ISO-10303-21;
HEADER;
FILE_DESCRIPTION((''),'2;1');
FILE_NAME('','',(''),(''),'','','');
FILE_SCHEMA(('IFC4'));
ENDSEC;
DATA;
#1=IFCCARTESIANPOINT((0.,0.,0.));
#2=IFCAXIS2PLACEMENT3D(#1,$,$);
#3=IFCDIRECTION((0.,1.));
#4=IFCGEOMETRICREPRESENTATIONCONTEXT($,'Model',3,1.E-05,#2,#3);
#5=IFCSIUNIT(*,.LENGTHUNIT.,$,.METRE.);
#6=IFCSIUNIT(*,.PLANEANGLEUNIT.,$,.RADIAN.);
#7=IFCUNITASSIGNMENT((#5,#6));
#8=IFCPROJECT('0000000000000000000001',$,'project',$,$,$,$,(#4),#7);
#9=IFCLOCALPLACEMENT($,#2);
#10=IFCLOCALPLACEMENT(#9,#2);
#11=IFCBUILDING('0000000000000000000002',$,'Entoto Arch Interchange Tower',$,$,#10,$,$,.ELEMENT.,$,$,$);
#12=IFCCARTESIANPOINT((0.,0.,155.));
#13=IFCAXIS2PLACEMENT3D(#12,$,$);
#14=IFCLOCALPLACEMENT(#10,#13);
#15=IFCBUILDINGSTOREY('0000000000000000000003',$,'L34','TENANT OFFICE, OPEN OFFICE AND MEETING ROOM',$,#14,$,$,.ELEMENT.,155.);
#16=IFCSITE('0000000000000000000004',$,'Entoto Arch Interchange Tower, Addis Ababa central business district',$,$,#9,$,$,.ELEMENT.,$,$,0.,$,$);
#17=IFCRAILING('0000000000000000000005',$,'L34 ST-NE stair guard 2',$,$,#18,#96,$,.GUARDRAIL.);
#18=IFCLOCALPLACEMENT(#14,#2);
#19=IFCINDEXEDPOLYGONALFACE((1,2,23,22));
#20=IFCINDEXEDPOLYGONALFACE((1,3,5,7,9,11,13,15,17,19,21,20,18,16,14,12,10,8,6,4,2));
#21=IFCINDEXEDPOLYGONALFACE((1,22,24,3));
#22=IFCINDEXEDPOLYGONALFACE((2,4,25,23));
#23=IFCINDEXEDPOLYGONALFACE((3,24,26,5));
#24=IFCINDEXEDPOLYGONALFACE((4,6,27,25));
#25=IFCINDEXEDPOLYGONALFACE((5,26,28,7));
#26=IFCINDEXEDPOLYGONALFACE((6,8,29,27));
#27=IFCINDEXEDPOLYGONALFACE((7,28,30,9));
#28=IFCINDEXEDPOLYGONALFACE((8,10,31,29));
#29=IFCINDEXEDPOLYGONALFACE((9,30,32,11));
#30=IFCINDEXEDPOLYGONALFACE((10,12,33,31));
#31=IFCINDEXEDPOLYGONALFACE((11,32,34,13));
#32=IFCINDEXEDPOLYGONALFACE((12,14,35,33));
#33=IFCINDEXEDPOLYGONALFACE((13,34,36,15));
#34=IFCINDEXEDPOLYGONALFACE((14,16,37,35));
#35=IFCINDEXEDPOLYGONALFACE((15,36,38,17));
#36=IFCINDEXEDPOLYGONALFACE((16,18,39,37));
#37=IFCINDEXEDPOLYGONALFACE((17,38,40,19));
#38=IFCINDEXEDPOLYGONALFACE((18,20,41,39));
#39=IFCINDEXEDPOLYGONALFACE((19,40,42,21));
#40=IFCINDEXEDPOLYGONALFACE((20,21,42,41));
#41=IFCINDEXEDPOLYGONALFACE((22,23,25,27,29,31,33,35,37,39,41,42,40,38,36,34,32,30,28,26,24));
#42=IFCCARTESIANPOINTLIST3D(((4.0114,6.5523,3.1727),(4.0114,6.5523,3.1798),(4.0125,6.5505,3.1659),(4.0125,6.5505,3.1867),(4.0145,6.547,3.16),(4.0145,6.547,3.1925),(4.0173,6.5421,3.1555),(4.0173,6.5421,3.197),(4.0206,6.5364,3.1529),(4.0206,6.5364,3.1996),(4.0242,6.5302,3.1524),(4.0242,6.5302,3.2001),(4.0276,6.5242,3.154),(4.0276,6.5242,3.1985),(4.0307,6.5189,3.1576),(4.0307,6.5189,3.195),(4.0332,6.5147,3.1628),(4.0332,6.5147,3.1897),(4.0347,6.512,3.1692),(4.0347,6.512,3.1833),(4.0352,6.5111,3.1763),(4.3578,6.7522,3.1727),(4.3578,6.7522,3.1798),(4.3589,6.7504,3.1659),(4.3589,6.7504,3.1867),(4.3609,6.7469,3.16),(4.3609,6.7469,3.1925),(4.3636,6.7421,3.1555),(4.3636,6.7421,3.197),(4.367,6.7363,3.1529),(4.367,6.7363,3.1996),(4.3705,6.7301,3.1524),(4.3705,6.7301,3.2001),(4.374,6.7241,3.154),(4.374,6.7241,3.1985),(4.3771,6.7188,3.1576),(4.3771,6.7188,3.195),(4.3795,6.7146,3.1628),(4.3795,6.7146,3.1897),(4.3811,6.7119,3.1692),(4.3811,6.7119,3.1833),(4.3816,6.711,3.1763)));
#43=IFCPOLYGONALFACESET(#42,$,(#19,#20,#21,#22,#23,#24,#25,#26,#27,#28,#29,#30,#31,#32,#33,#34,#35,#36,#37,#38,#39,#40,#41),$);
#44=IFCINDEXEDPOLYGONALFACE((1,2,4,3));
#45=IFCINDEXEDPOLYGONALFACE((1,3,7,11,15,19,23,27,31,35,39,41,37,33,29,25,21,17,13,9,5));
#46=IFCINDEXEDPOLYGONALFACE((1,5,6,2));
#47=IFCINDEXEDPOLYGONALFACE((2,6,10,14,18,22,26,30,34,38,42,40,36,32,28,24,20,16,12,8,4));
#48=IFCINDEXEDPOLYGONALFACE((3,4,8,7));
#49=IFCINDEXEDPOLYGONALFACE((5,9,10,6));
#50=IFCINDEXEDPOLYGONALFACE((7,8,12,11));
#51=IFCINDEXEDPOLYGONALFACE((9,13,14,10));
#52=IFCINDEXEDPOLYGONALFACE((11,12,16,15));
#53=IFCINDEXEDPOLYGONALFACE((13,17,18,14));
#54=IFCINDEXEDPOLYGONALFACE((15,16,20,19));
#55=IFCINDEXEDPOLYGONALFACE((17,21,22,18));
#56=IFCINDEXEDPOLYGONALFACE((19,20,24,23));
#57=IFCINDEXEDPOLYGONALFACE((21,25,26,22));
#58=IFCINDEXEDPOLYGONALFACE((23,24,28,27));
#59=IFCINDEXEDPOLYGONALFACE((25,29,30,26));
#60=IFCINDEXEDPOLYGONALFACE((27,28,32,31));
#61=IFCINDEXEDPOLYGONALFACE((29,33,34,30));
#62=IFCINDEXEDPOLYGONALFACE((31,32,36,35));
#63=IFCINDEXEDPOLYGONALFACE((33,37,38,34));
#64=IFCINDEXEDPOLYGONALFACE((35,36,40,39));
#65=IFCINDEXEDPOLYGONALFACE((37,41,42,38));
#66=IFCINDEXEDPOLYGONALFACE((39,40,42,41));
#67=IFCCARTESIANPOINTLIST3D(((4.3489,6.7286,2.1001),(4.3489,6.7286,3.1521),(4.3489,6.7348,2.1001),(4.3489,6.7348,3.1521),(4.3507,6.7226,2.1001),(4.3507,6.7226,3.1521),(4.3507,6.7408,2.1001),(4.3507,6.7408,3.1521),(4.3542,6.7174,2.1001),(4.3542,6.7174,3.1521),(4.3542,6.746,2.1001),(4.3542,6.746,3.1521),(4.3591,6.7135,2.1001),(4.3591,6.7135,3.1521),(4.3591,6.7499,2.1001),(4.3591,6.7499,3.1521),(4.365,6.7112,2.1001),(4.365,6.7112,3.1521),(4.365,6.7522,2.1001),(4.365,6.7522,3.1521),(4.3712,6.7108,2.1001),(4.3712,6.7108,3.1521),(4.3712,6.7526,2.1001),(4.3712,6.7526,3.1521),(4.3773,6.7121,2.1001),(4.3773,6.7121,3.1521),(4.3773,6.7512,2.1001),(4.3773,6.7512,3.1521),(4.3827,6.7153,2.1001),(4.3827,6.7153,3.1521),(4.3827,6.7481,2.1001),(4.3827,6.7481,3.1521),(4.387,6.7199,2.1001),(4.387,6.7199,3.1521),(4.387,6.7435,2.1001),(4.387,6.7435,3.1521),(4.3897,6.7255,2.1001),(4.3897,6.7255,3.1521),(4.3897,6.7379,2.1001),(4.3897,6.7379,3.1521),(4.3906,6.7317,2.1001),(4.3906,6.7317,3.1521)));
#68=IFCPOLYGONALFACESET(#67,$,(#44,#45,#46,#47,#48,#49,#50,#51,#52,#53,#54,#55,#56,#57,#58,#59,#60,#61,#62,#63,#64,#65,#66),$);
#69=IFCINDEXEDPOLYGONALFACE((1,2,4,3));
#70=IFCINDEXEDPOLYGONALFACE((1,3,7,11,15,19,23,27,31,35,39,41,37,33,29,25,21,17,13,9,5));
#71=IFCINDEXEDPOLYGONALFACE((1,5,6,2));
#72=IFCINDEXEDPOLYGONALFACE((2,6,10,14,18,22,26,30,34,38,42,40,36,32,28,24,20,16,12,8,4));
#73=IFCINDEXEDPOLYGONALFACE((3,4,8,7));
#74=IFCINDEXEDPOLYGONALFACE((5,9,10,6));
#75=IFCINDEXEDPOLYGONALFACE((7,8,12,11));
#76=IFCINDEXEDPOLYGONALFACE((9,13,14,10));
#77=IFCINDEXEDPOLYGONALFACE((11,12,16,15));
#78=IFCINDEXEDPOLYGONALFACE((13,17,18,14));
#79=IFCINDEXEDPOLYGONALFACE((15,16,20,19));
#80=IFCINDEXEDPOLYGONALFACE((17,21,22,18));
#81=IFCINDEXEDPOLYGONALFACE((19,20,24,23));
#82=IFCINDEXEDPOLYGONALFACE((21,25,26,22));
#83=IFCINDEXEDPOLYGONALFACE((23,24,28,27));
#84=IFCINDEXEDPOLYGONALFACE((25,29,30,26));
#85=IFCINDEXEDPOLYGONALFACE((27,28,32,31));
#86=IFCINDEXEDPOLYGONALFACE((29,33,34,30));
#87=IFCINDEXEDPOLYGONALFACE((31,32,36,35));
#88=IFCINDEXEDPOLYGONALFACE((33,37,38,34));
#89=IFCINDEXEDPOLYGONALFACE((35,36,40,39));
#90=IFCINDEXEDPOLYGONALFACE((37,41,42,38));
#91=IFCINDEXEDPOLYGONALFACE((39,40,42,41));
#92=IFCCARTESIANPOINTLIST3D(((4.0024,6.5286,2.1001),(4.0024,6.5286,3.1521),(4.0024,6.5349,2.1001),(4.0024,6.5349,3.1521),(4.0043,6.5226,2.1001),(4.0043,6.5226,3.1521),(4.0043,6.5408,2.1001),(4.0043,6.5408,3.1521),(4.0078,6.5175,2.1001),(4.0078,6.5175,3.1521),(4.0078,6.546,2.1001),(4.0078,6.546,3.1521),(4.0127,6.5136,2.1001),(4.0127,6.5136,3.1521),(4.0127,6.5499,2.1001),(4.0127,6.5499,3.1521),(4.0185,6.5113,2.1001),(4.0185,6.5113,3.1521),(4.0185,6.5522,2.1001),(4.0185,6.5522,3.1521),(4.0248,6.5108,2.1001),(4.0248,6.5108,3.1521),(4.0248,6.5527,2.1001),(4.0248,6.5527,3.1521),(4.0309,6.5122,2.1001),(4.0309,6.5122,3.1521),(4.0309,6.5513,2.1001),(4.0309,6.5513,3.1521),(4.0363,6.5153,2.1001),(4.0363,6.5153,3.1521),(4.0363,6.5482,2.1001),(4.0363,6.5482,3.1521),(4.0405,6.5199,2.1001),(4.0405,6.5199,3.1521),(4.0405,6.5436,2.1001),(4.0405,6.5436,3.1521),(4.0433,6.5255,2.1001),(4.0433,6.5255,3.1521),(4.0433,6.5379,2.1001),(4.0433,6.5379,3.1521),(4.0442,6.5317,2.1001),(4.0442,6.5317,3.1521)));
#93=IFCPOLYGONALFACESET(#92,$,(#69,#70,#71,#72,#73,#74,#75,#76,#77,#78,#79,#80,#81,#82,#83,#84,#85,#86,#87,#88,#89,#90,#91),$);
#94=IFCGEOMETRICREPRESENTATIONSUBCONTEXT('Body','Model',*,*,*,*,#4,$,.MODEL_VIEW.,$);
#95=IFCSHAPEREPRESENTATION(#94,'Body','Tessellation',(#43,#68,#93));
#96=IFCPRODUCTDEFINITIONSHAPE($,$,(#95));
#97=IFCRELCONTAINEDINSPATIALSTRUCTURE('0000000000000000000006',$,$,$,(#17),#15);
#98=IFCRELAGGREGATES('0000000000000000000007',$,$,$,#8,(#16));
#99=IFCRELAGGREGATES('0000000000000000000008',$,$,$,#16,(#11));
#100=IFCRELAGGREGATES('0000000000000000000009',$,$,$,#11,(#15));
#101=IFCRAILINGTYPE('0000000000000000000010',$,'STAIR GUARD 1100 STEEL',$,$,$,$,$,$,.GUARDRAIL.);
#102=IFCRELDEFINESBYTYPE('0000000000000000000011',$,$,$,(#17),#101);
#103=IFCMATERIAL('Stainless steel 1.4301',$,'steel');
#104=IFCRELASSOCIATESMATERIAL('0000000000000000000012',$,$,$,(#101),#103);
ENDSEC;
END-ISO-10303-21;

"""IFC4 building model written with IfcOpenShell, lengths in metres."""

from ifc_helpers import new_model, si_unit, direction, frame, origin, origin_2d, place, context, subcontext, project, spatial, circle, extrude, material, type_object, element, save


model = new_model("IFC4")

# Units and contexts
model_context = context("Model", 3, precision=1e-05, world=origin(), true_north=direction((0.0, 1.0)))
body_context = subcontext(model_context, "Body", "Model", "MODEL_VIEW")
ifc_project = project(units=[si_unit("LENGTHUNIT", "METRE"), si_unit("PLANEANGLEUNIT", "RADIAN")], contexts=[model_context])

# Site, building, storey
site_placement = place(None, origin())
site = spatial("IfcSite", under=ifc_project, at=site_placement, Name="Entoto Arch Interchange Tower, Addis Ababa central business district", CompositionType="ELEMENT", RefElevation=0.0)
building_placement = place(site_placement, origin())
building = spatial("IfcBuilding", under=site, at=building_placement, Name="Entoto Arch Interchange Tower", CompositionType="ELEMENT")
storey_placement = place(building_placement, frame((0.0, 0.0, 155.0)))
storey = spatial("IfcBuildingStorey", under=building, at=storey_placement, Name="L34", Description="TENANT OFFICE, OPEN OFFICE AND MEETING ROOM", CompositionType="ELEMENT", Elevation=155.0)

# Railing
ifc_material_1 = material(Name="Stainless steel 1.4301", Category="steel")
railing_type_1 = type_object("IfcRailingType", Name="STAIR GUARD 1100 STEEL", PredefinedType="GUARDRAIL", material=ifc_material_1)
railing_1_placement = place(storey_placement, frame((4.3696, 6.7317, 2.1001)))
element("IfcRailing", 1, at=railing_1_placement, inside=storey, type_object=railing_type_1, Name="L34 ST-NE stair guard 2", PredefinedType="GUARDRAIL", context=body_context, shape_type="SweptSolid", body=[
    extrude(circle(Radius=0.0239, at=origin_2d()), frame((0.0, 0.0, 1.0762), z_axis=(-0.866094, -0.499881, 0.0), x_axis=(0.499881, -0.866094, 0.0)), (0.0, 0.0, 1.0), 0.3999),
    extrude(circle(Radius=0.021, at=origin_2d()), origin(), (0.0, 0.0, 1.0), 1.052),
    extrude(circle(Radius=0.021, at=origin_2d()), frame((-0.3464, -0.2, 0.0)), (0.0, 0.0, 1.0), 1.052),
])

save(model, "model.ifc")
